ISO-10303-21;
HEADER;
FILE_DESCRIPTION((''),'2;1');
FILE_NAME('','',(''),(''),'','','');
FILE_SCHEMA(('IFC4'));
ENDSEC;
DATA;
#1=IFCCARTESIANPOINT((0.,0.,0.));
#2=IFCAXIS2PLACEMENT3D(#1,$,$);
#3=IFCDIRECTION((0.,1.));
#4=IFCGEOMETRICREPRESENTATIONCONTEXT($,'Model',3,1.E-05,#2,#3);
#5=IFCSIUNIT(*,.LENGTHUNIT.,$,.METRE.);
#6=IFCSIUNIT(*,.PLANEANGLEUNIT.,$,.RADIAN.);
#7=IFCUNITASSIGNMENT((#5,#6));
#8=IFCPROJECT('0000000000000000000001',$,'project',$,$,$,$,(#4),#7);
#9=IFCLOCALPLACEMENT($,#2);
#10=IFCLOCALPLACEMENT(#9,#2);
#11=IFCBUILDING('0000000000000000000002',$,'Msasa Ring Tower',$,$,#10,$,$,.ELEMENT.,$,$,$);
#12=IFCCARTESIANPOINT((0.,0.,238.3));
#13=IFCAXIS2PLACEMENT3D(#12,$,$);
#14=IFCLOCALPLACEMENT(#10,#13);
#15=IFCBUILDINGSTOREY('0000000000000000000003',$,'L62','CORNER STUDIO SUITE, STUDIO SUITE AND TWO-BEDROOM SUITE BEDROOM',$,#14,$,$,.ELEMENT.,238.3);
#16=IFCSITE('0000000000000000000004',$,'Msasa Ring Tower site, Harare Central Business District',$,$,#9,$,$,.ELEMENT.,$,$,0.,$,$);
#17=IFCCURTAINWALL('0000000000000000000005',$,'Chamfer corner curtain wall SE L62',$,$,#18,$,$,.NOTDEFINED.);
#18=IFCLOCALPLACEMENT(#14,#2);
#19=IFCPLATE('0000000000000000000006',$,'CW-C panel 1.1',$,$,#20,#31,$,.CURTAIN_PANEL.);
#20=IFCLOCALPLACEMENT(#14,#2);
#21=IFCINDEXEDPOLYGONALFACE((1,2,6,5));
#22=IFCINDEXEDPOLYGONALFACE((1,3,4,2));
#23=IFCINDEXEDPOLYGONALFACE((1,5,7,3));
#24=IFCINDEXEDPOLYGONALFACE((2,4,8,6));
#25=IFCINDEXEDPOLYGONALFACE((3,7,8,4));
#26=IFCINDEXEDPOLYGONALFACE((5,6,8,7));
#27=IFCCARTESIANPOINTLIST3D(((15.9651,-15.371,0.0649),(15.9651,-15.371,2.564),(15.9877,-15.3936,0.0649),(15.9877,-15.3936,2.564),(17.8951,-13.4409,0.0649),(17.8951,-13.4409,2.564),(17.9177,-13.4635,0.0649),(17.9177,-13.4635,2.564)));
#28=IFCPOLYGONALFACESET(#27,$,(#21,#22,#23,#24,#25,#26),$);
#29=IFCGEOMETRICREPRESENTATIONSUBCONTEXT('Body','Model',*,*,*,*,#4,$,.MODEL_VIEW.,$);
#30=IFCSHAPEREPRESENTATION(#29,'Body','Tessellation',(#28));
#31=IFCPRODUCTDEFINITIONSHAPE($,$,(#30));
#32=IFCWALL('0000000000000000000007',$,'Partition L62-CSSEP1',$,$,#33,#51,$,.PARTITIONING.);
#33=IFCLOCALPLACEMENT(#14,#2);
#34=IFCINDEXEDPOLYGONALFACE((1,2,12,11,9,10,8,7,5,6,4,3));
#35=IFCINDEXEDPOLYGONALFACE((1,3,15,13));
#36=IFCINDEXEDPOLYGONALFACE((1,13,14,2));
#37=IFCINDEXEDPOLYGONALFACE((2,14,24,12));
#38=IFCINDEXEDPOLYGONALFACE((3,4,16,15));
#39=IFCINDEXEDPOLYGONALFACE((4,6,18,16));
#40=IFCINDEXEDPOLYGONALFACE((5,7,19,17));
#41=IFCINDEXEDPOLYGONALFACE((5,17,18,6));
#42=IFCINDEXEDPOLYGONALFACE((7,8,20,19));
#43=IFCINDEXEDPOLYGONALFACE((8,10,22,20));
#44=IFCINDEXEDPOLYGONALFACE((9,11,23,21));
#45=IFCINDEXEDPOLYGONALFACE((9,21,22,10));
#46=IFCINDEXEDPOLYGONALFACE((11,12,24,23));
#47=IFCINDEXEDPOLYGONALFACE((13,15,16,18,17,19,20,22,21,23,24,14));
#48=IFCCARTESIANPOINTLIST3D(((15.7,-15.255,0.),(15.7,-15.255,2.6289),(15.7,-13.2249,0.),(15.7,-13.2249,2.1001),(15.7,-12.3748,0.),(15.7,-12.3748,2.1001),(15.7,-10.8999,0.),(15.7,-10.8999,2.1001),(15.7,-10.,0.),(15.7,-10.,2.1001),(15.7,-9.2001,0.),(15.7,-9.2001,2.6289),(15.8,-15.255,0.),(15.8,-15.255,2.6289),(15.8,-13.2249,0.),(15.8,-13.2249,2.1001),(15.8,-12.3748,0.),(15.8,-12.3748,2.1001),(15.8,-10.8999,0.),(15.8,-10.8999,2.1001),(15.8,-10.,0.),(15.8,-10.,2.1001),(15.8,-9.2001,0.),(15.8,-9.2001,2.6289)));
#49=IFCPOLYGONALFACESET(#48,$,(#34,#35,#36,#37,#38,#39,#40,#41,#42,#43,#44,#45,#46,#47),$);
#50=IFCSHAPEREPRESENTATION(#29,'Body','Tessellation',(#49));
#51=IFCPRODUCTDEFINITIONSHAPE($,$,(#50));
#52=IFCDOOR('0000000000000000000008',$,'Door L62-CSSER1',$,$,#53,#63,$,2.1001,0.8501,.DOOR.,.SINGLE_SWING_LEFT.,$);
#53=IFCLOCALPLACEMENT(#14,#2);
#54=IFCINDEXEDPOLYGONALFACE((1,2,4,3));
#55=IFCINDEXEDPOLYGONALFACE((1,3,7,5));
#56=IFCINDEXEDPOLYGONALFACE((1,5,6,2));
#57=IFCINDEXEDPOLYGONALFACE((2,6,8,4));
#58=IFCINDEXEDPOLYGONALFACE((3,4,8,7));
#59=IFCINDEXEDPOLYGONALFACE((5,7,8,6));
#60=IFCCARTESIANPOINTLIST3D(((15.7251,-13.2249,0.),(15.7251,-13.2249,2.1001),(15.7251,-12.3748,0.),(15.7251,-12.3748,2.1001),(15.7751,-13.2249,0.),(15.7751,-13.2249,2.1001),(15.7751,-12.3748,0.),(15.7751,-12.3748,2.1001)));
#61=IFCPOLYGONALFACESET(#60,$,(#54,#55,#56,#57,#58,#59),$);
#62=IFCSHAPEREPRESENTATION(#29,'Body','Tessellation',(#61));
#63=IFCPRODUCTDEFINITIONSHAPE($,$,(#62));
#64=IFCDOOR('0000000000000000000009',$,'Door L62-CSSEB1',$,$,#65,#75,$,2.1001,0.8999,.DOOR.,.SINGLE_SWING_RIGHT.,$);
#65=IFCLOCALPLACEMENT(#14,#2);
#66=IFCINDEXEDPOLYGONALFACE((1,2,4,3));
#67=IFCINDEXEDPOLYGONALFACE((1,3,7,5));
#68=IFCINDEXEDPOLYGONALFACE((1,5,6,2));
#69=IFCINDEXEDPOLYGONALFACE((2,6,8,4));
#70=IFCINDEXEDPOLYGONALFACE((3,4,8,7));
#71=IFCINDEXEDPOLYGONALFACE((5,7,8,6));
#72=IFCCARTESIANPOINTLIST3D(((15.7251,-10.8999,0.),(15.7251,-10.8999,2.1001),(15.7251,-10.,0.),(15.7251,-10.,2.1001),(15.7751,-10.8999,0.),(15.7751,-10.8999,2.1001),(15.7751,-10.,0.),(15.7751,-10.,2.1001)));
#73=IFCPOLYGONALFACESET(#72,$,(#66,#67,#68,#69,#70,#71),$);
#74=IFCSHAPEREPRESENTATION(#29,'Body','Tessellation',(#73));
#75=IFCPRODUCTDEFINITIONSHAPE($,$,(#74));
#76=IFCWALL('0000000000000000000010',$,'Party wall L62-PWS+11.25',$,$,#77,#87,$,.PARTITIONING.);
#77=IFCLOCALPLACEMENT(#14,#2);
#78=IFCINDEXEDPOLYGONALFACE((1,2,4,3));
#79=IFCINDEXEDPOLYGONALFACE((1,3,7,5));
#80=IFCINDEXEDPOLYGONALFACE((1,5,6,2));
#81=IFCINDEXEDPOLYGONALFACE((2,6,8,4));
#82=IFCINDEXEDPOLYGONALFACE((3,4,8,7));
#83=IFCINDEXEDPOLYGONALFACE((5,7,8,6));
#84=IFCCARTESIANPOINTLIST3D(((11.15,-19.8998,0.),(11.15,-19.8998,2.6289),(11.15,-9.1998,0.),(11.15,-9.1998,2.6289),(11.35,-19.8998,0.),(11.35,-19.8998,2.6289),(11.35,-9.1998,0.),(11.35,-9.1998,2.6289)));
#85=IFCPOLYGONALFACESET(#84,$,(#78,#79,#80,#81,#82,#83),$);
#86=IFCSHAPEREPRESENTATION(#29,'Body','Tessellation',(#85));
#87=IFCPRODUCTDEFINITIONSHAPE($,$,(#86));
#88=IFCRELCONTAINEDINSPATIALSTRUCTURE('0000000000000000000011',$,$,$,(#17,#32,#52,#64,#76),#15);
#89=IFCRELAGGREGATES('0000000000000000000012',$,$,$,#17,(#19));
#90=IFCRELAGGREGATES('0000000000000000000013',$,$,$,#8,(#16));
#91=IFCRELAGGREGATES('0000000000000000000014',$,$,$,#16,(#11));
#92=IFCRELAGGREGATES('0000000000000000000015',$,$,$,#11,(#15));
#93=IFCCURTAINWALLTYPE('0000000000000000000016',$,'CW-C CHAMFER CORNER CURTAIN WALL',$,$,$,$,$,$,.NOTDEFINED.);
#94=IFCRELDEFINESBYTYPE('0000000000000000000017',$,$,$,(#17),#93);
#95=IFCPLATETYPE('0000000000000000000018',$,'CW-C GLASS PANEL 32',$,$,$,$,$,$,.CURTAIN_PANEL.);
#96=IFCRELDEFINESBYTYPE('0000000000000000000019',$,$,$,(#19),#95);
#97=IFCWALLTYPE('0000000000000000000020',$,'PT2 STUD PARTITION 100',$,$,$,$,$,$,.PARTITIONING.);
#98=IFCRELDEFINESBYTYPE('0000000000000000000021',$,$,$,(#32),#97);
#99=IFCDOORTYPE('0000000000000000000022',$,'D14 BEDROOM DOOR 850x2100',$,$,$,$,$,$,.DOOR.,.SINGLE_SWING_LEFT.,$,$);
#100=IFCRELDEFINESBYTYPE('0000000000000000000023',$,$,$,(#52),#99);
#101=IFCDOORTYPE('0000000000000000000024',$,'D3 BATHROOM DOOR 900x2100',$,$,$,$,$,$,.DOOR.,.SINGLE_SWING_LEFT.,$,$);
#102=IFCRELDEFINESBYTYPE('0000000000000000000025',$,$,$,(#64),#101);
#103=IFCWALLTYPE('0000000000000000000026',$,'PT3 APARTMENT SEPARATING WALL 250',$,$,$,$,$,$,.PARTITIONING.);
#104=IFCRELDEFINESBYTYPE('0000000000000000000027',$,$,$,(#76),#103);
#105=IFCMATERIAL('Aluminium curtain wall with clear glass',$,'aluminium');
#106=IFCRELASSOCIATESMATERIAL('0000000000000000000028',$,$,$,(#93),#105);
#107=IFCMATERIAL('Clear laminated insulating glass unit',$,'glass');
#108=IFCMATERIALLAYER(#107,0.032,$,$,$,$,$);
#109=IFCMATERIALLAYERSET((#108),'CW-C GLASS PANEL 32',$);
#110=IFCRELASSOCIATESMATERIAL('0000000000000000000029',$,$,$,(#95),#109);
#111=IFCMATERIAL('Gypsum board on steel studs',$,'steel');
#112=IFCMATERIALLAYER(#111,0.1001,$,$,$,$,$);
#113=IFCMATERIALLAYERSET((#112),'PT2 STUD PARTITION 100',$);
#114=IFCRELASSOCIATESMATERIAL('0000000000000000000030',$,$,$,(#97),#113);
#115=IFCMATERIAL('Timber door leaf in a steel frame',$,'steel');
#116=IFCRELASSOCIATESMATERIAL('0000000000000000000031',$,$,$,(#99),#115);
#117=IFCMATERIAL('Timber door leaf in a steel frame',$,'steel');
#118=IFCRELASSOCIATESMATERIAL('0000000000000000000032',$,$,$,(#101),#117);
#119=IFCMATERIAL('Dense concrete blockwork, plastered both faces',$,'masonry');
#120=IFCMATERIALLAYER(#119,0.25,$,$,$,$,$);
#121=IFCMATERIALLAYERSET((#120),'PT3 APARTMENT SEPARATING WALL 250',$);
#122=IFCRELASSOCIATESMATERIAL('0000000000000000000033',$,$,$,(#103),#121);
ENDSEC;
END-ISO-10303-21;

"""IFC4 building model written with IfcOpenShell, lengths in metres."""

from ifc_helpers import new_model, si_unit, direction, frame, frame_2d, origin, origin_2d, place, context, subcontext, project, spatial, rectangle, extrude, material, layer, layer_set, type_object, element, fill, aggregate, save


model = new_model("IFC4")

# Units and contexts
model_context = context("Model", 3, precision=1e-05, world=origin(), true_north=direction((0.0, 1.0)))
body_context = subcontext(model_context, "Body", "Model", "MODEL_VIEW")
ifc_project = project(units=[si_unit("LENGTHUNIT", "METRE"), si_unit("PLANEANGLEUNIT", "RADIAN")], contexts=[model_context])

# Site, building, storey
site_placement = place(None, origin())
site = spatial("IfcSite", under=ifc_project, at=site_placement, Name="Msasa Ring Tower site, Harare Central Business District", CompositionType="ELEMENT", RefElevation=0.0)
building_placement = place(site_placement, origin())
building = spatial("IfcBuilding", under=site, at=building_placement, Name="Msasa Ring Tower", CompositionType="ELEMENT")
storey_placement = place(building_placement, frame((0.0, 0.0, 238.3)))
storey = spatial("IfcBuildingStorey", under=building, at=storey_placement, Name="L62", Description="CORNER STUDIO SUITE, STUDIO SUITE AND TWO-BEDROOM SUITE BEDROOM", CompositionType="ELEMENT", Elevation=238.3)

# Curtain wall
ifc_material_1 = material(Name="Aluminium curtain wall with clear glass", Category="aluminium")
curtain_wall_type = type_object("IfcCurtainWallType", Name="CW-C CHAMFER CORNER CURTAIN WALL", PredefinedType="NOTDEFINED", material=ifc_material_1)
curtain_wall_1_placement = place(storey_placement, origin())
curtain_wall_1 = element("IfcCurtainWall", 1, at=curtain_wall_1_placement, inside=storey, type_object=curtain_wall_type, Name="Chamfer corner curtain wall SE L62", PredefinedType="NOTDEFINED")

# Plate
ifc_material_2 = material(Name="Clear laminated insulating glass unit", Category="glass")
ifc_layer_1 = layer(ifc_material_2, 0.032)
ifc_layer_set_1 = layer_set([ifc_layer_1], Name="CW-C GLASS PANEL 32")
plate_type = type_object("IfcPlateType", Name="CW-C GLASS PANEL 32", PredefinedType="CURTAIN_PANEL", material=ifc_layer_set_1)
plate_1_placement = place(storey_placement, frame((16.9414, -14.4172, 0.0649), z_axis=(0.0, 0.0, 1.0), x_axis=(0.707107, 0.707107, 0.0)))
plate_1 = element("IfcPlate", 2, at=plate_1_placement, type_object=plate_type, Name="CW-C panel 1.1", PredefinedType="CURTAIN_PANEL", context=body_context, shape_type="SweptSolid", body=[
    extrude(rectangle(XDim=2.7295, YDim=0.032, at=origin_2d()), origin(), (0.0, 0.0, 1.0), 2.499),
])
aggregate(curtain_wall_1, [plate_1])

# Wall, openings, doors
ifc_material_3 = material(Name="Gypsum board on steel studs", Category="steel")
ifc_layer_2 = layer(ifc_material_3, 0.1001)
ifc_layer_set_2 = layer_set([ifc_layer_2], Name="PT2 STUD PARTITION 100")
wall_type_1 = type_object("IfcWallType", Name="PT2 STUD PARTITION 100", PredefinedType="PARTITIONING", material=ifc_layer_set_2)
wall_1_placement = place(storey_placement, frame((15.75, -15.2549, 0.0), z_axis=(0.0, 0.0, 1.0), x_axis=(0.0, 1.0, 0.0)))
wall_1 = element("IfcWall", 3, at=wall_1_placement, inside=storey, type_object=wall_type_1, Name="Partition L62-CSSEP1", PredefinedType="PARTITIONING", context=body_context, shape_type="SweptSolid", body=[
    extrude(rectangle(XDim=6.0549, YDim=0.1001, at=frame_2d((3.0273, 0.0))), origin(), (0.0, 0.0, 1.0), 2.6289),
])
opening_1_placement = place(wall_1_placement, frame((2.03, 0.0, 0.0)))
opening_1 = element("IfcOpeningElement", 4, at=opening_1_placement, cuts=wall_1, PredefinedType="OPENING", context=body_context, shape_type="SweptSolid", body=[
    extrude(rectangle(XDim=0.8501, YDim=2.1001, at=frame_2d((0.425, 1.05))), frame((0.0, 0.0601, 0.0), z_axis=(0.0, -1.0, 0.0), x_axis=(1.0, 0.0, 0.0)), (0.0, 0.0, 1.0), 0.1201),
])
opening_2_placement = place(wall_1_placement, frame((4.355, 0.0, 0.0)))
opening_2 = element("IfcOpeningElement", 5, at=opening_2_placement, cuts=wall_1, PredefinedType="OPENING", context=body_context, shape_type="SweptSolid", body=[
    extrude(rectangle(XDim=0.8999, YDim=2.1001, at=frame_2d((0.45, 1.05))), frame((0.0, 0.0601, 0.0), z_axis=(0.0, -1.0, 0.0), x_axis=(1.0, 0.0, 0.0)), (0.0, 0.0, 1.0), 0.1201),
])
ifc_material_4 = material(Name="Timber door leaf in a steel frame", Category="steel")
door_type_1 = type_object("IfcDoorType", Name="D14 BEDROOM DOOR 850x2100", OperationType="SINGLE_SWING_LEFT", PredefinedType="DOOR", material=ifc_material_4)
door_1_placement = place(opening_1_placement, origin())
door_1 = element("IfcDoor", 6, at=door_1_placement, inside=storey, type_object=door_type_1, Name="Door L62-CSSER1", OperationType="SINGLE_SWING_LEFT", OverallHeight=2.1001, OverallWidth=0.8501, PredefinedType="DOOR", context=body_context, shape_type="SweptSolid", body=[
    extrude(rectangle(XDim=0.8501, YDim=2.1001, at=frame_2d((0.425, 1.05))), frame((0.0, 0.0249, 0.0), z_axis=(0.0, -1.0, 0.0), x_axis=(1.0, 0.0, 0.0)), (0.0, 0.0, 1.0), 0.05),
])
fill(opening_1, door_1)
ifc_material_5 = material(Name="Timber door leaf in a steel frame", Category="steel")
door_type_2 = type_object("IfcDoorType", Name="D3 BATHROOM DOOR 900x2100", OperationType="SINGLE_SWING_LEFT", PredefinedType="DOOR", material=ifc_material_5)
door_2_placement = place(opening_2_placement, origin())
door_2 = element("IfcDoor", 7, at=door_2_placement, inside=storey, type_object=door_type_2, Name="Door L62-CSSEB1", OperationType="SINGLE_SWING_RIGHT", OverallHeight=2.1001, OverallWidth=0.8999, PredefinedType="DOOR", context=body_context, shape_type="SweptSolid", body=[
    extrude(rectangle(XDim=0.8999, YDim=2.1001, at=frame_2d((0.45, 1.05))), frame((0.0, 0.0249, 0.0), z_axis=(0.0, -1.0, 0.0), x_axis=(1.0, 0.0, 0.0)), (0.0, 0.0, 1.0), 0.05),
])
fill(opening_2, door_2)

# Wall
ifc_material_6 = material(Name="Dense concrete blockwork, plastered both faces", Category="masonry")
ifc_layer_3 = layer(ifc_material_6, 0.25)
ifc_layer_set_3 = layer_set([ifc_layer_3], Name="PT3 APARTMENT SEPARATING WALL 250")
wall_type_2 = type_object("IfcWallType", Name="PT3 APARTMENT SEPARATING WALL 250", PredefinedType="PARTITIONING", material=ifc_layer_set_3)
wall_2_placement = place(storey_placement, frame((11.25, -19.8999, 0.0), z_axis=(0.0, 0.0, 1.0), x_axis=(0.0, 1.0, 0.0)))
element("IfcWall", 8, at=wall_2_placement, inside=storey, type_object=wall_type_2, Name="Party wall L62-PWS+11.25", PredefinedType="PARTITIONING", context=body_context, shape_type="SweptSolid", body=[
    extrude(rectangle(XDim=10.7, YDim=0.2, at=frame_2d((5.3501, 0.0))), origin(), (0.0, 0.0, 1.0), 2.6289),
])

save(model, "model.ifc")
